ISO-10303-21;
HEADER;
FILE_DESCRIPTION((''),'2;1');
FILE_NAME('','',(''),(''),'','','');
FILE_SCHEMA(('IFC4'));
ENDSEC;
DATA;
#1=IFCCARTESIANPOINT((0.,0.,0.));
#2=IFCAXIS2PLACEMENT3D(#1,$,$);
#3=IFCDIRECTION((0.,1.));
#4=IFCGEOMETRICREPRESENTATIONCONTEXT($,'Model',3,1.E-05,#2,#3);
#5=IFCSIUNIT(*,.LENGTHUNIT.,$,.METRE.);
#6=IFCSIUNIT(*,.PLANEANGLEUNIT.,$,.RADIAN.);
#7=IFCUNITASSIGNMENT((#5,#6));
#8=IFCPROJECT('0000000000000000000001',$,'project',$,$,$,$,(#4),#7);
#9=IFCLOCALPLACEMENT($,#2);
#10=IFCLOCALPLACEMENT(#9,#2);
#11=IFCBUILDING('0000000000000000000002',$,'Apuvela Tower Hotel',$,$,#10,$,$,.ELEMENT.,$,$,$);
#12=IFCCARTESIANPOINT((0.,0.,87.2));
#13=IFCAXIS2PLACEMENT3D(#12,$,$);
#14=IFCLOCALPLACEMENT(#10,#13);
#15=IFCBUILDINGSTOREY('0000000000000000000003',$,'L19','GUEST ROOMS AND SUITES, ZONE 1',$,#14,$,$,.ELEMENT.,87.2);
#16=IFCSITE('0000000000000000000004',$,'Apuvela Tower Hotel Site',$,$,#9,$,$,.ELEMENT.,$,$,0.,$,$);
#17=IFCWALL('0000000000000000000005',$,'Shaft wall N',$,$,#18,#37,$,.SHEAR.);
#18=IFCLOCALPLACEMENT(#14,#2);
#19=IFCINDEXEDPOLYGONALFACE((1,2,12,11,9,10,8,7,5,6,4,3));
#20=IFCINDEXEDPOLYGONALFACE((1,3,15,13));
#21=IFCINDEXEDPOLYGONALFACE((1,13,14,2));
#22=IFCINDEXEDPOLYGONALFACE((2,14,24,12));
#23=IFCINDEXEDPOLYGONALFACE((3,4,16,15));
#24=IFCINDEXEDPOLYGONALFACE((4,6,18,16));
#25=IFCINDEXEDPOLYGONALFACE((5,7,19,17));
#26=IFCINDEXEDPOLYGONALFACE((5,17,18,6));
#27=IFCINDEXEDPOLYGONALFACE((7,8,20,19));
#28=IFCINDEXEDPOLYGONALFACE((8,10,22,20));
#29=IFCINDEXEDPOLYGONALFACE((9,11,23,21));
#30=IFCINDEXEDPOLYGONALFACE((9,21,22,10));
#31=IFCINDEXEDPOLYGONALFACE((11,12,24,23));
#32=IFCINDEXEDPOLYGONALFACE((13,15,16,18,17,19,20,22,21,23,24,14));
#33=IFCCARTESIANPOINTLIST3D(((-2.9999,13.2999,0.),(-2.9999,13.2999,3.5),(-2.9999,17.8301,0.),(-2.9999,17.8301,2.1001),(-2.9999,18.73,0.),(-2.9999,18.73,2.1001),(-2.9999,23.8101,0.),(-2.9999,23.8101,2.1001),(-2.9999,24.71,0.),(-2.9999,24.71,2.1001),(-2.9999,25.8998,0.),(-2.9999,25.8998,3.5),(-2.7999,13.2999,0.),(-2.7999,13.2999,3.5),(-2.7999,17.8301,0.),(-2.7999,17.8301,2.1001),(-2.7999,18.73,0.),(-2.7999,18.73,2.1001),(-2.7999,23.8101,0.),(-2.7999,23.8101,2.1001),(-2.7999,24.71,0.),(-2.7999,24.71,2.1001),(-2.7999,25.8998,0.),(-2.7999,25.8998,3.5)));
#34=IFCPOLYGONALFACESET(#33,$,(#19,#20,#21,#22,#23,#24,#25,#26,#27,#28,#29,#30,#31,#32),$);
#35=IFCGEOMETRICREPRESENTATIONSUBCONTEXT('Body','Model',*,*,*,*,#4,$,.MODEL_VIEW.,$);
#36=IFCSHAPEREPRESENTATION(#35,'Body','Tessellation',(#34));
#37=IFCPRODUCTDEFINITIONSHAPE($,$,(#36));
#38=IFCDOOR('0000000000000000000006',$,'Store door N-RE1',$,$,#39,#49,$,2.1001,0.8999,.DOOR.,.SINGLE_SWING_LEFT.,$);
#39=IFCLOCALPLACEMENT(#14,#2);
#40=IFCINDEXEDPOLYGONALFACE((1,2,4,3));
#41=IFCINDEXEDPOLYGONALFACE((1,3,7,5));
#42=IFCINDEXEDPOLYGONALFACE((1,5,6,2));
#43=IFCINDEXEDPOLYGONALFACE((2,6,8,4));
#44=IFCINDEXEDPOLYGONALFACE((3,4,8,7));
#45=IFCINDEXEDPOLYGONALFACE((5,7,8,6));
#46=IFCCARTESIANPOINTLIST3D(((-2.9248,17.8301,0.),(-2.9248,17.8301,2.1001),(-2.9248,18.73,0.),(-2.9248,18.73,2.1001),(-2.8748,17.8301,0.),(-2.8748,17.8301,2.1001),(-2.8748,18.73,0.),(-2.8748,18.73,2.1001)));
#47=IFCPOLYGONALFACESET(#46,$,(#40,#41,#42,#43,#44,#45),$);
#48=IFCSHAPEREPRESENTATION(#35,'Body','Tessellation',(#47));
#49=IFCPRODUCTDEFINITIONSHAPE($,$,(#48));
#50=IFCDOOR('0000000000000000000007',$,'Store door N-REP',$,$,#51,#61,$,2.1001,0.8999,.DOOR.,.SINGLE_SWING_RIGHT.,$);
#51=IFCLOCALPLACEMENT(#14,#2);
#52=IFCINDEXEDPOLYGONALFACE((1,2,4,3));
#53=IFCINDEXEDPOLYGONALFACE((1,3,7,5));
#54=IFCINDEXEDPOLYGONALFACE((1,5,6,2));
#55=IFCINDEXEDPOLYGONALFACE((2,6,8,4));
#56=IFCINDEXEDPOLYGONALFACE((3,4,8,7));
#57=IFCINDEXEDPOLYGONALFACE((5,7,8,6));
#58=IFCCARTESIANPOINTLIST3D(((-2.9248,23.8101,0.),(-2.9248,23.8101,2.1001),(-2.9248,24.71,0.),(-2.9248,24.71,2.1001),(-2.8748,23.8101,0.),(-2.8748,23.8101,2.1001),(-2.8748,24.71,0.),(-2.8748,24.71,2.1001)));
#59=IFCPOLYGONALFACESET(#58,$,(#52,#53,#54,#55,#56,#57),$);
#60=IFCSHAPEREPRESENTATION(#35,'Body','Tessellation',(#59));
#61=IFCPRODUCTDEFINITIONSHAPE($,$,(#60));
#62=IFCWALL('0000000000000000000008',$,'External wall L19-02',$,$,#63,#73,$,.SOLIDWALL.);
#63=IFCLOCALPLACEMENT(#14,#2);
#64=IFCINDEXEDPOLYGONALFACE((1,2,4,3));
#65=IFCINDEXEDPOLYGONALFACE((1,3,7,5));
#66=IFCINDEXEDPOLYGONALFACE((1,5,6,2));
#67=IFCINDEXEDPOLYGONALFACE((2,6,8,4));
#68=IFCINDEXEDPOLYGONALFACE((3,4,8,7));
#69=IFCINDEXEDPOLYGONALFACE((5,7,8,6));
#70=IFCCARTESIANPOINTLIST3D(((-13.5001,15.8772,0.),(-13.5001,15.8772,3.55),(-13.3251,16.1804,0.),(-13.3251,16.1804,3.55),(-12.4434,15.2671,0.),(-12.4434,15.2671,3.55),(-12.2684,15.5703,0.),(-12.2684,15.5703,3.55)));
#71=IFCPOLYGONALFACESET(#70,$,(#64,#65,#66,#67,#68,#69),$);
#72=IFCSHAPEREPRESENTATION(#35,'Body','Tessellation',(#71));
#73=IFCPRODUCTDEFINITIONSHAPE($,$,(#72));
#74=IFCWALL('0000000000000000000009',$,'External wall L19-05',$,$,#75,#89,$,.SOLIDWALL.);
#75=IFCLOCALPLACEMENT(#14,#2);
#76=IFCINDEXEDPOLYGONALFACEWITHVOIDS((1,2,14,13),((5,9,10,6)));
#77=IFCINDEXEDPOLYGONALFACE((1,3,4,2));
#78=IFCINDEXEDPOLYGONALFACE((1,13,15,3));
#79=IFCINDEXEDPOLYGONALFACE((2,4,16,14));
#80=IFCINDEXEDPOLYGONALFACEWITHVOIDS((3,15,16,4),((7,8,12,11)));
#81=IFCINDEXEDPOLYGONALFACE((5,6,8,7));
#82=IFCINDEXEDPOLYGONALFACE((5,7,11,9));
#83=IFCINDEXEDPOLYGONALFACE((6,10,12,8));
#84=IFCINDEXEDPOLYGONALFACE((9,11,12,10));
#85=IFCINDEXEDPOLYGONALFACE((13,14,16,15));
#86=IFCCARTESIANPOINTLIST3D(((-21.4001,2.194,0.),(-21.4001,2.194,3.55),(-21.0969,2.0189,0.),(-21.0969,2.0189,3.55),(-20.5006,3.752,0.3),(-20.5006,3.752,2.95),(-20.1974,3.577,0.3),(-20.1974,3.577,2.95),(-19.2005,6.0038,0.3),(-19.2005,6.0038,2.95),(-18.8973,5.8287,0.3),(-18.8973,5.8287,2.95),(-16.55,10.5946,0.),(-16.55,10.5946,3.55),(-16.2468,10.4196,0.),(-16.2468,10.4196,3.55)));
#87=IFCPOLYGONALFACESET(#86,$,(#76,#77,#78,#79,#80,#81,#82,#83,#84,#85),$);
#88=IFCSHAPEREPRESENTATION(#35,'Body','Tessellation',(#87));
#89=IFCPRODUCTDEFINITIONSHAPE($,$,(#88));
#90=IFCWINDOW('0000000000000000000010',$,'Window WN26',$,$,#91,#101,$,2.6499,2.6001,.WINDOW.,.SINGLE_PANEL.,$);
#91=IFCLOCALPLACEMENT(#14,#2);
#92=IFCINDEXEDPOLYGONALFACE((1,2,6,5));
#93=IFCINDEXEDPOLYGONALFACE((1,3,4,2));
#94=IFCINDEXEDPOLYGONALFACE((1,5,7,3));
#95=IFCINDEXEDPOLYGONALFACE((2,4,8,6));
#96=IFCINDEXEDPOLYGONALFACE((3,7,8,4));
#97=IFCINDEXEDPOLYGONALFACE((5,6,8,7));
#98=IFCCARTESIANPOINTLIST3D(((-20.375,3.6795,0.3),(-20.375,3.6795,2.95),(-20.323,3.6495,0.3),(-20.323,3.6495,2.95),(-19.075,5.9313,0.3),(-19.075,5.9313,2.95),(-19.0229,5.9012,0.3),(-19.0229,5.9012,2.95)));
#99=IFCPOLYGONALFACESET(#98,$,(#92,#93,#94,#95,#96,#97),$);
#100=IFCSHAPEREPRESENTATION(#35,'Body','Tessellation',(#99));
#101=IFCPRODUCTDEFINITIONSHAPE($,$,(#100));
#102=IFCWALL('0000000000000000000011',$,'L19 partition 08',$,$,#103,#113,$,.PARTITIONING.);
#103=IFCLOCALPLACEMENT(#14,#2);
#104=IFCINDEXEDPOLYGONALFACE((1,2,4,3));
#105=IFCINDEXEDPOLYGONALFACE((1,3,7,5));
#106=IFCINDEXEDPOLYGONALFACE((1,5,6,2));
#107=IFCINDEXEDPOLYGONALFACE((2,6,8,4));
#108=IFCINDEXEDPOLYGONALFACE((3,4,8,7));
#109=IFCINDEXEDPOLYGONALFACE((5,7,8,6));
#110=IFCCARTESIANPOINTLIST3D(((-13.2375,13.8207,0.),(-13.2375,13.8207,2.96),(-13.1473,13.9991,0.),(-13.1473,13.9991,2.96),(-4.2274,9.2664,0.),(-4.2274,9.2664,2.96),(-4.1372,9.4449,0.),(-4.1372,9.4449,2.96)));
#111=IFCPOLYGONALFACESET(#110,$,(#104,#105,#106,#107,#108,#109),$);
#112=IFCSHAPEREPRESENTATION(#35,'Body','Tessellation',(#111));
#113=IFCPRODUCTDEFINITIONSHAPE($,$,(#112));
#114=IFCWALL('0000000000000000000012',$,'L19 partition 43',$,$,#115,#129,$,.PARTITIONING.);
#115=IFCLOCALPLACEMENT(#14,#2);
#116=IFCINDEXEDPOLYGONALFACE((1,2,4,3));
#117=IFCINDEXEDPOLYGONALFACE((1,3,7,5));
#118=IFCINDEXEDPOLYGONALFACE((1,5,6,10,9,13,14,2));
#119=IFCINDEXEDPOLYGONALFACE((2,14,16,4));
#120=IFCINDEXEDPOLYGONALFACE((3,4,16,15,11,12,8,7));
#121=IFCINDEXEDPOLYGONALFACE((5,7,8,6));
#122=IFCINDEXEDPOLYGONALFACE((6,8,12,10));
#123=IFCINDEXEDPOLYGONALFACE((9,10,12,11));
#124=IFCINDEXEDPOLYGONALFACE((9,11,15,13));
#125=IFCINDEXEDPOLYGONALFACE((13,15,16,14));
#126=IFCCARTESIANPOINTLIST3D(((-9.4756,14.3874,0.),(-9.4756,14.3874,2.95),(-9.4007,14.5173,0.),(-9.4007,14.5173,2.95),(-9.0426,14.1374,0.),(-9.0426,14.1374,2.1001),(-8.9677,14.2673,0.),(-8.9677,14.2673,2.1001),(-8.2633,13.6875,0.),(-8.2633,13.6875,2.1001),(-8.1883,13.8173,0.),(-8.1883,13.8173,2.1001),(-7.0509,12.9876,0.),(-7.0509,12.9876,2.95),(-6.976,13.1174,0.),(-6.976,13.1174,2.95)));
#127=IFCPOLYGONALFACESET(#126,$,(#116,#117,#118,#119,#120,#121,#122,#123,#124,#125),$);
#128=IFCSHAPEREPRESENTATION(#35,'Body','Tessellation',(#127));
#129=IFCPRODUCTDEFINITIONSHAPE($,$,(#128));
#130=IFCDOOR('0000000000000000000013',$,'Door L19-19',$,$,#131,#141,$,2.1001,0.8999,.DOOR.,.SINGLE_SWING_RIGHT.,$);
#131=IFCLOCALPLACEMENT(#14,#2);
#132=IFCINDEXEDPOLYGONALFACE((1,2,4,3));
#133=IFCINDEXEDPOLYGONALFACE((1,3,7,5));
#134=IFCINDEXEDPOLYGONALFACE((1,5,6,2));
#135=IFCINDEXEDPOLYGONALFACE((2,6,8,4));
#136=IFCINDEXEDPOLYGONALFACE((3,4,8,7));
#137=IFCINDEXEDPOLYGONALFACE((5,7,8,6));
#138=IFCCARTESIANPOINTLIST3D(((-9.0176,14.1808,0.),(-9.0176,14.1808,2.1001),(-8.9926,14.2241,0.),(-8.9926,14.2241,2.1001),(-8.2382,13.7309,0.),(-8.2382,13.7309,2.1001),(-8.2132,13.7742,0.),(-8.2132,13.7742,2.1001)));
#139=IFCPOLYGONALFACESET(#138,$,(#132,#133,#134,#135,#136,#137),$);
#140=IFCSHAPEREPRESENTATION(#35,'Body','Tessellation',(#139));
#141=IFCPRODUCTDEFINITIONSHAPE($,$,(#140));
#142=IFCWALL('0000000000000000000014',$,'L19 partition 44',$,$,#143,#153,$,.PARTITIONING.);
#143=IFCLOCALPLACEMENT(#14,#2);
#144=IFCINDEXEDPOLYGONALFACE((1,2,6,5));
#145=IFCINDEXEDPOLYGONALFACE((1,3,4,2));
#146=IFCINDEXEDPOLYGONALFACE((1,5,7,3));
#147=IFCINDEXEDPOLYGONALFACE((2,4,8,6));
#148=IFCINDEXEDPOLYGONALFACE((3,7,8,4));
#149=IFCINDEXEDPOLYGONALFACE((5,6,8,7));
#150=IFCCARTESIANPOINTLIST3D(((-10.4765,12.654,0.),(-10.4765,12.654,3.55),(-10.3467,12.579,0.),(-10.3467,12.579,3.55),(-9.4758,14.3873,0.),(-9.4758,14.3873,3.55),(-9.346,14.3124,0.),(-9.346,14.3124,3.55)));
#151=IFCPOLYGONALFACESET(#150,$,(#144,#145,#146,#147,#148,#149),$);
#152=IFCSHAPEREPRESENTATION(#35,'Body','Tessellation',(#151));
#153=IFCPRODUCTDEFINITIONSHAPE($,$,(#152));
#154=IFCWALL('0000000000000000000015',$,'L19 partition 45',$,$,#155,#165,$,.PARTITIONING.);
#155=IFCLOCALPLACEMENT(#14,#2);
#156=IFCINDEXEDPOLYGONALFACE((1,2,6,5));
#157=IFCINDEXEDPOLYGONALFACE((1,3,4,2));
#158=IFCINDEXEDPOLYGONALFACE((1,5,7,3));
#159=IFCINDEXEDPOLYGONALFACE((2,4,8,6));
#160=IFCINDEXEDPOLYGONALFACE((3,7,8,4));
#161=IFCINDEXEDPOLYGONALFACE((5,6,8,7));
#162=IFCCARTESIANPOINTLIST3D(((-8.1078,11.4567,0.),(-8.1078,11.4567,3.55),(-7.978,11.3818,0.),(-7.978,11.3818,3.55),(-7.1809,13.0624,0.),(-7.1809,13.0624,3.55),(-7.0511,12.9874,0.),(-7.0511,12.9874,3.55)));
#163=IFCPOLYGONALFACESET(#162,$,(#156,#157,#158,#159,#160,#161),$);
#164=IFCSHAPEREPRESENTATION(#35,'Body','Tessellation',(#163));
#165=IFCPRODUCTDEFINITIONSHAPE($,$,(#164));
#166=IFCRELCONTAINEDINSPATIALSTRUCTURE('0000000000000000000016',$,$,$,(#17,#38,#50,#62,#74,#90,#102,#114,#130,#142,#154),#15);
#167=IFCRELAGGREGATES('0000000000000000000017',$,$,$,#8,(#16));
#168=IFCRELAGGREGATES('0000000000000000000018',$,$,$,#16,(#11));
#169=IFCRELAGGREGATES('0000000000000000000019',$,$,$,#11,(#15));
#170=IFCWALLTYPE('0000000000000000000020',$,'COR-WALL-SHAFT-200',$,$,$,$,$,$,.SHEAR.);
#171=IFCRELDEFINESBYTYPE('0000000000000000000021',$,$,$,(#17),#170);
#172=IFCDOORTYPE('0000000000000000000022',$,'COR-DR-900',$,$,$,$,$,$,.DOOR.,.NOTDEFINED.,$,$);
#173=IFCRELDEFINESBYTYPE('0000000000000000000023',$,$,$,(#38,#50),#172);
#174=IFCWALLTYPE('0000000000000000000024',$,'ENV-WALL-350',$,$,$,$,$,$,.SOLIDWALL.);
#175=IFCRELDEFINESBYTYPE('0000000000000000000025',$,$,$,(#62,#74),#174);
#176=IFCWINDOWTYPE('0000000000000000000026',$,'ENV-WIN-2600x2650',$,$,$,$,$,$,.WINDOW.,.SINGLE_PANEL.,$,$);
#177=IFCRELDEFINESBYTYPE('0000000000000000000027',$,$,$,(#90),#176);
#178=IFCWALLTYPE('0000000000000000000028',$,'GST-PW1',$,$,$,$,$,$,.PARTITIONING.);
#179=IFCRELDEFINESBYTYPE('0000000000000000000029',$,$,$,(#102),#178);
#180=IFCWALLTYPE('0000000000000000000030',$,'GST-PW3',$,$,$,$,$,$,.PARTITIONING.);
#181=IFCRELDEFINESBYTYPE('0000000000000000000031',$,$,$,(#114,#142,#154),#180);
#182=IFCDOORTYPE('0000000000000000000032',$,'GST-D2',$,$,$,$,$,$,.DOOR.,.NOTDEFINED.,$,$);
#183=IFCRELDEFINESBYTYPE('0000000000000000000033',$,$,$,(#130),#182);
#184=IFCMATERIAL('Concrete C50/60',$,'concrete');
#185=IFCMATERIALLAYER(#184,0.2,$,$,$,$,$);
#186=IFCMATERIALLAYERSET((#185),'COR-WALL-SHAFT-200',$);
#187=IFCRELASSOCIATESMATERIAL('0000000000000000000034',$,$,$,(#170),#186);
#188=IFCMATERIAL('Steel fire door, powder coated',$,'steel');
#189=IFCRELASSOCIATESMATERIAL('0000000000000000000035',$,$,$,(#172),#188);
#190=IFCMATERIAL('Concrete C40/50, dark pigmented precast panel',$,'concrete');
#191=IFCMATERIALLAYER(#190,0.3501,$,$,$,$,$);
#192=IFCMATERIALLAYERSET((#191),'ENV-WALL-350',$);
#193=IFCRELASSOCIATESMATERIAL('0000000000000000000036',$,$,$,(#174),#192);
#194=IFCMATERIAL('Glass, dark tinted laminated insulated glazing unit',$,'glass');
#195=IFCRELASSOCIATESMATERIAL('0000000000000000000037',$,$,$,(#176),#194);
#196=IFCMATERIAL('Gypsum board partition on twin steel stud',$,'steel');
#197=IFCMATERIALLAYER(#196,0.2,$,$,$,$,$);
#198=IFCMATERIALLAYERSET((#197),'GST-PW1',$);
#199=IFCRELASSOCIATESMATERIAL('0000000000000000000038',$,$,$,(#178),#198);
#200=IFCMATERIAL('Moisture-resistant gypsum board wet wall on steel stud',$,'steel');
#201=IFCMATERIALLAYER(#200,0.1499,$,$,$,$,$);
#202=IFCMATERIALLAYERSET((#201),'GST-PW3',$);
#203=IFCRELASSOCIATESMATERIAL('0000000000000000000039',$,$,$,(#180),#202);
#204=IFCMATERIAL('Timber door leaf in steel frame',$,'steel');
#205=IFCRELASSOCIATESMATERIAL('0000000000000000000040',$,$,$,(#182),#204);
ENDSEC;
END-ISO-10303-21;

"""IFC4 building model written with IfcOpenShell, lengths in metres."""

from ifc_helpers import new_model, si_unit, direction, frame, frame_2d, origin, place, context, subcontext, project, spatial, rectangle, extrude, material, layer, layer_set, type_object, element, fill, save


model = new_model("IFC4")

# Units and contexts
model_context = context("Model", 3, precision=1e-05, world=origin(), true_north=direction((0.0, 1.0)))
body_context = subcontext(model_context, "Body", "Model", "MODEL_VIEW")
ifc_project = project(units=[si_unit("LENGTHUNIT", "METRE"), si_unit("PLANEANGLEUNIT", "RADIAN")], contexts=[model_context])

# Site, building, storey
site_placement = place(None, origin())
site = spatial("IfcSite", under=ifc_project, at=site_placement, Name="Apuvela Tower Hotel Site", CompositionType="ELEMENT", RefElevation=0.0)
building_placement = place(site_placement, origin())
building = spatial("IfcBuilding", under=site, at=building_placement, Name="Apuvela Tower Hotel", CompositionType="ELEMENT")
storey_placement = place(building_placement, frame((0.0, 0.0, 87.2)))
storey = spatial("IfcBuildingStorey", under=building, at=storey_placement, Name="L19", Description="GUEST ROOMS AND SUITES, ZONE 1", CompositionType="ELEMENT", Elevation=87.2)

# Shared definitions
ifc_material_1 = material(Name="Concrete C50/60", Category="concrete")
ifc_layer_1 = layer(ifc_material_1, 0.2)
ifc_layer_set_1 = layer_set([ifc_layer_1], Name="COR-WALL-SHAFT-200")
wall_type_1 = type_object("IfcWallType", Name="COR-WALL-SHAFT-200", PredefinedType="SHEAR", material=ifc_layer_set_1)

# Wall, openings, doors
wall_1_placement = place(storey_placement, frame((-2.8999, 13.3, 0.0), z_axis=(0.0, 0.0, 1.0), x_axis=(0.0, 1.0, 0.0)))
wall_1 = element("IfcWall", 1, at=wall_1_placement, inside=storey, type_object=wall_type_1, Name="Shaft wall N", PredefinedType="SHEAR", context=body_context, shape_type="SweptSolid", body=[
    extrude(rectangle(XDim=12.5999, YDim=0.2, at=frame_2d((6.2998, 0.0))), origin(), (0.0, 0.0, 1.0), 3.5),
])
opening_1_placement = place(wall_1_placement, frame((4.53, 0.0, 0.0)))
opening_1 = element("IfcOpeningElement", 2, at=opening_1_placement, cuts=wall_1, PredefinedType="OPENING", context=body_context, shape_type="SweptSolid", body=[
    extrude(rectangle(XDim=0.8999, YDim=2.1001, at=frame_2d((0.45, 1.05))), frame((0.0, 0.1099, 0.0), z_axis=(0.0, -1.0, 0.0), x_axis=(1.0, 0.0, 0.0)), (0.0, 0.0, 1.0), 0.22),
])
opening_2_placement = place(wall_1_placement, frame((10.51, 0.0, 0.0)))
opening_2 = element("IfcOpeningElement", 3, at=opening_2_placement, cuts=wall_1, PredefinedType="OPENING", context=body_context, shape_type="SweptSolid", body=[
    extrude(rectangle(XDim=0.8999, YDim=2.1001, at=frame_2d((0.45, 1.05))), frame((0.0, 0.1099, 0.0), z_axis=(0.0, -1.0, 0.0), x_axis=(1.0, 0.0, 0.0)), (0.0, 0.0, 1.0), 0.22),
])
ifc_material_2 = material(Name="Steel fire door, powder coated", Category="steel")
door_type_1 = type_object("IfcDoorType", Name="COR-DR-900", OperationType="NOTDEFINED", PredefinedType="DOOR", material=ifc_material_2)
door_1_placement = place(opening_1_placement, origin())
door_1 = element("IfcDoor", 4, at=door_1_placement, inside=storey, type_object=door_type_1, Name="Store door N-RE1", OperationType="SINGLE_SWING_LEFT", OverallHeight=2.1001, OverallWidth=0.8999, PredefinedType="DOOR", context=body_context, shape_type="SweptSolid", body=[
    extrude(rectangle(XDim=0.8999, YDim=2.1001, at=frame_2d((0.45, 1.05))), frame((0.0, 0.0249, 0.0), z_axis=(0.0, -1.0, 0.0), x_axis=(1.0, 0.0, 0.0)), (0.0, 0.0, 1.0), 0.05),
])
fill(opening_1, door_1)
door_2_placement = place(opening_2_placement, origin())
door_2 = element("IfcDoor", 5, at=door_2_placement, inside=storey, type_object=door_type_1, Name="Store door N-REP", OperationType="SINGLE_SWING_RIGHT", OverallHeight=2.1001, OverallWidth=0.8999, PredefinedType="DOOR", context=body_context, shape_type="SweptSolid", body=[
    extrude(rectangle(XDim=0.8999, YDim=2.1001, at=frame_2d((0.45, 1.05))), frame((0.0, 0.0249, 0.0), z_axis=(0.0, -1.0, 0.0), x_axis=(1.0, 0.0, 0.0)), (0.0, 0.0, 1.0), 0.05),
])
fill(opening_2, door_2)

# Wall
ifc_material_3 = material(Name="Concrete C40/50, dark pigmented precast panel", Category="concrete")
ifc_layer_2 = layer(ifc_material_3, 0.3501)
ifc_layer_set_2 = layer_set([ifc_layer_2], Name="ENV-WALL-350")
wall_type_2 = type_object("IfcWallType", Name="ENV-WALL-350", PredefinedType="SOLIDWALL", material=ifc_layer_set_2)
wall_2_placement = place(storey_placement, frame((-13.4126, 16.0288, 0.0), z_axis=(0.0, 0.0, 1.0), x_axis=(0.866006, -0.500034, 0.0)))
element("IfcWall", 6, at=wall_2_placement, inside=storey, type_object=wall_type_2, Name="External wall L19-02", PredefinedType="SOLIDWALL", context=body_context, shape_type="SweptSolid", body=[
    extrude(rectangle(XDim=1.2202, YDim=0.3501, at=frame_2d((0.6101, 0.0))), origin(), (0.0, 0.0, 1.0), 3.55),
])

# Shared definitions
ifc_material_4 = material(Name="Glass, dark tinted laminated insulated glazing unit", Category="glass")

# Wall, opening, window
wall_3_placement = place(storey_placement, frame((-16.3984, 10.5071, 0.0), z_axis=(0.0, 0.0, 1.0), x_axis=(-0.499999, -0.866026, 0.0)))
wall_3 = element("IfcWall", 7, at=wall_3_placement, inside=storey, type_object=wall_type_2, Name="External wall L19-05", PredefinedType="SOLIDWALL", context=body_context, shape_type="SweptSolid", body=[
    extrude(rectangle(XDim=9.7002, YDim=0.3501, at=frame_2d((4.8501, 0.0))), origin(), (0.0, 0.0, 1.0), 3.55),
])
opening_3_placement = place(wall_3_placement, frame((5.301, 0.0, 0.3)))
opening_3 = element("IfcOpeningElement", 8, at=opening_3_placement, cuts=wall_3, PredefinedType="OPENING", context=body_context, shape_type="SweptSolid", body=[
    extrude(rectangle(XDim=2.6001, YDim=2.6499, at=frame_2d((1.3, 1.325))), frame((0.0, 0.1851, 0.0), z_axis=(0.0, -1.0, 0.0), x_axis=(1.0, 0.0, 0.0)), (0.0, 0.0, 1.0), 0.3701),
])
window_type_1 = type_object("IfcWindowType", Name="ENV-WIN-2600x2650", PartitioningType="SINGLE_PANEL", PredefinedType="WINDOW", material=ifc_material_4)
window_1_placement = place(opening_3_placement, origin())
window_1 = element("IfcWindow", 9, at=window_1_placement, inside=storey, type_object=window_type_1, Name="Window WN26", OverallHeight=2.6499, OverallWidth=2.6001, PartitioningType="SINGLE_PANEL", PredefinedType="WINDOW", context=body_context, shape_type="SweptSolid", body=[
    extrude(rectangle(XDim=2.6001, YDim=2.6499, at=frame_2d((1.3, 1.325))), frame((0.0, 0.03, 0.0), z_axis=(0.0, -1.0, 0.0), x_axis=(1.0, 0.0, 0.0)), (0.0, 0.0, 1.0), 0.0601),
])
fill(opening_3, window_1)

# Wall
ifc_material_5 = material(Name="Gypsum board partition on twin steel stud", Category="steel")
ifc_layer_3 = layer(ifc_material_5, 0.2)
ifc_layer_set_3 = layer_set([ifc_layer_3], Name="GST-PW1")
wall_type_3 = type_object("IfcWallType", Name="GST-PW1", PredefinedType="PARTITIONING", material=ifc_layer_set_3)
wall_4_placement = place(storey_placement, frame((-13.1924, 13.9099, 0.0), z_axis=(0.0, 0.0, 1.0), x_axis=(0.89247, -0.451108, 0.0)))
element("IfcWall", 10, at=wall_4_placement, inside=storey, type_object=wall_type_3, Name="L19 partition 08", PredefinedType="PARTITIONING", context=body_context, shape_type="SweptSolid", body=[
    extrude(rectangle(XDim=10.0957, YDim=0.2, at=frame_2d((5.0479, 0.0))), origin(), (0.0, 0.0, 1.0), 2.96),
])

# Wall, opening, door
ifc_material_6 = material(Name="Moisture-resistant gypsum board wet wall on steel stud", Category="steel")
ifc_layer_4 = layer(ifc_material_6, 0.1499)
ifc_layer_set_4 = layer_set([ifc_layer_4], Name="GST-PW3")
wall_type_4 = type_object("IfcWallType", Name="GST-PW3", PredefinedType="PARTITIONING", material=ifc_layer_set_4)
wall_5_placement = place(storey_placement, frame((-7.0134, 13.0525, 0.0), z_axis=(0.0, 0.0, 1.0), x_axis=(-0.866035, 0.499984, 0.0)))
wall_5 = element("IfcWall", 11, at=wall_5_placement, inside=storey, type_object=wall_type_4, Name="L19 partition 43", PredefinedType="PARTITIONING", context=body_context, shape_type="SweptSolid", body=[
    extrude(rectangle(XDim=2.7998, YDim=0.1499, at=frame_2d((1.3999, 0.0))), origin(), (0.0, 0.0, 1.0), 2.95),
])
opening_4_placement = place(wall_5_placement, frame((1.3999, 0.0, 0.0)))
opening_4 = element("IfcOpeningElement", 12, at=opening_4_placement, cuts=wall_5, PredefinedType="OPENING", context=body_context, shape_type="SweptSolid", body=[
    extrude(rectangle(XDim=0.8999, YDim=2.1001, at=frame_2d((0.45, 1.05))), frame((0.0, 0.085, 0.0), z_axis=(0.0, -1.0, 0.0), x_axis=(1.0, 0.0, 0.0)), (0.0, 0.0, 1.0), 0.1699),
])
ifc_material_7 = material(Name="Timber door leaf in steel frame", Category="steel")
door_type_2 = type_object("IfcDoorType", Name="GST-D2", OperationType="NOTDEFINED", PredefinedType="DOOR", material=ifc_material_7)
door_3_placement = place(opening_4_placement, origin())
door_3 = element("IfcDoor", 13, at=door_3_placement, inside=storey, type_object=door_type_2, Name="Door L19-19", OperationType="SINGLE_SWING_RIGHT", OverallHeight=2.1001, OverallWidth=0.8999, PredefinedType="DOOR", context=body_context, shape_type="SweptSolid", body=[
    extrude(rectangle(XDim=0.8999, YDim=2.1001, at=frame_2d((0.45, 1.05))), frame((0.0, 0.0249, 0.0), z_axis=(0.0, -1.0, 0.0), x_axis=(1.0, 0.0, 0.0)), (0.0, 0.0, 1.0), 0.05),
])
fill(opening_4, door_3)

# Walls
wall_6_placement = place(storey_placement, frame((-9.4109, 14.3499, 0.0), z_axis=(0.0, 0.0, 1.0), x_axis=(-0.499983, -0.866035, 0.0)))
element("IfcWall", 14, at=wall_6_placement, inside=storey, type_object=wall_type_4, Name="L19 partition 44", PredefinedType="PARTITIONING", context=body_context, shape_type="SweptSolid", body=[
    extrude(rectangle(XDim=2.0015, YDim=0.1499, at=frame_2d((1.0007, 0.0))), origin(), (0.0, 0.0, 1.0), 3.55),
])
wall_7_placement = place(storey_placement, frame((-7.116, 13.0249, 0.0), z_axis=(0.0, 0.0, 1.0), x_axis=(-0.499977, -0.866039, 0.0)))
element("IfcWall", 15, at=wall_7_placement, inside=storey, type_object=wall_type_4, Name="L19 partition 45", PredefinedType="PARTITIONING", context=body_context, shape_type="SweptSolid", body=[
    extrude(rectangle(XDim=1.854, YDim=0.1499, at=frame_2d((0.927, 0.0))), origin(), (0.0, 0.0, 1.0), 3.55),
])

save(model, "model.ifc")
